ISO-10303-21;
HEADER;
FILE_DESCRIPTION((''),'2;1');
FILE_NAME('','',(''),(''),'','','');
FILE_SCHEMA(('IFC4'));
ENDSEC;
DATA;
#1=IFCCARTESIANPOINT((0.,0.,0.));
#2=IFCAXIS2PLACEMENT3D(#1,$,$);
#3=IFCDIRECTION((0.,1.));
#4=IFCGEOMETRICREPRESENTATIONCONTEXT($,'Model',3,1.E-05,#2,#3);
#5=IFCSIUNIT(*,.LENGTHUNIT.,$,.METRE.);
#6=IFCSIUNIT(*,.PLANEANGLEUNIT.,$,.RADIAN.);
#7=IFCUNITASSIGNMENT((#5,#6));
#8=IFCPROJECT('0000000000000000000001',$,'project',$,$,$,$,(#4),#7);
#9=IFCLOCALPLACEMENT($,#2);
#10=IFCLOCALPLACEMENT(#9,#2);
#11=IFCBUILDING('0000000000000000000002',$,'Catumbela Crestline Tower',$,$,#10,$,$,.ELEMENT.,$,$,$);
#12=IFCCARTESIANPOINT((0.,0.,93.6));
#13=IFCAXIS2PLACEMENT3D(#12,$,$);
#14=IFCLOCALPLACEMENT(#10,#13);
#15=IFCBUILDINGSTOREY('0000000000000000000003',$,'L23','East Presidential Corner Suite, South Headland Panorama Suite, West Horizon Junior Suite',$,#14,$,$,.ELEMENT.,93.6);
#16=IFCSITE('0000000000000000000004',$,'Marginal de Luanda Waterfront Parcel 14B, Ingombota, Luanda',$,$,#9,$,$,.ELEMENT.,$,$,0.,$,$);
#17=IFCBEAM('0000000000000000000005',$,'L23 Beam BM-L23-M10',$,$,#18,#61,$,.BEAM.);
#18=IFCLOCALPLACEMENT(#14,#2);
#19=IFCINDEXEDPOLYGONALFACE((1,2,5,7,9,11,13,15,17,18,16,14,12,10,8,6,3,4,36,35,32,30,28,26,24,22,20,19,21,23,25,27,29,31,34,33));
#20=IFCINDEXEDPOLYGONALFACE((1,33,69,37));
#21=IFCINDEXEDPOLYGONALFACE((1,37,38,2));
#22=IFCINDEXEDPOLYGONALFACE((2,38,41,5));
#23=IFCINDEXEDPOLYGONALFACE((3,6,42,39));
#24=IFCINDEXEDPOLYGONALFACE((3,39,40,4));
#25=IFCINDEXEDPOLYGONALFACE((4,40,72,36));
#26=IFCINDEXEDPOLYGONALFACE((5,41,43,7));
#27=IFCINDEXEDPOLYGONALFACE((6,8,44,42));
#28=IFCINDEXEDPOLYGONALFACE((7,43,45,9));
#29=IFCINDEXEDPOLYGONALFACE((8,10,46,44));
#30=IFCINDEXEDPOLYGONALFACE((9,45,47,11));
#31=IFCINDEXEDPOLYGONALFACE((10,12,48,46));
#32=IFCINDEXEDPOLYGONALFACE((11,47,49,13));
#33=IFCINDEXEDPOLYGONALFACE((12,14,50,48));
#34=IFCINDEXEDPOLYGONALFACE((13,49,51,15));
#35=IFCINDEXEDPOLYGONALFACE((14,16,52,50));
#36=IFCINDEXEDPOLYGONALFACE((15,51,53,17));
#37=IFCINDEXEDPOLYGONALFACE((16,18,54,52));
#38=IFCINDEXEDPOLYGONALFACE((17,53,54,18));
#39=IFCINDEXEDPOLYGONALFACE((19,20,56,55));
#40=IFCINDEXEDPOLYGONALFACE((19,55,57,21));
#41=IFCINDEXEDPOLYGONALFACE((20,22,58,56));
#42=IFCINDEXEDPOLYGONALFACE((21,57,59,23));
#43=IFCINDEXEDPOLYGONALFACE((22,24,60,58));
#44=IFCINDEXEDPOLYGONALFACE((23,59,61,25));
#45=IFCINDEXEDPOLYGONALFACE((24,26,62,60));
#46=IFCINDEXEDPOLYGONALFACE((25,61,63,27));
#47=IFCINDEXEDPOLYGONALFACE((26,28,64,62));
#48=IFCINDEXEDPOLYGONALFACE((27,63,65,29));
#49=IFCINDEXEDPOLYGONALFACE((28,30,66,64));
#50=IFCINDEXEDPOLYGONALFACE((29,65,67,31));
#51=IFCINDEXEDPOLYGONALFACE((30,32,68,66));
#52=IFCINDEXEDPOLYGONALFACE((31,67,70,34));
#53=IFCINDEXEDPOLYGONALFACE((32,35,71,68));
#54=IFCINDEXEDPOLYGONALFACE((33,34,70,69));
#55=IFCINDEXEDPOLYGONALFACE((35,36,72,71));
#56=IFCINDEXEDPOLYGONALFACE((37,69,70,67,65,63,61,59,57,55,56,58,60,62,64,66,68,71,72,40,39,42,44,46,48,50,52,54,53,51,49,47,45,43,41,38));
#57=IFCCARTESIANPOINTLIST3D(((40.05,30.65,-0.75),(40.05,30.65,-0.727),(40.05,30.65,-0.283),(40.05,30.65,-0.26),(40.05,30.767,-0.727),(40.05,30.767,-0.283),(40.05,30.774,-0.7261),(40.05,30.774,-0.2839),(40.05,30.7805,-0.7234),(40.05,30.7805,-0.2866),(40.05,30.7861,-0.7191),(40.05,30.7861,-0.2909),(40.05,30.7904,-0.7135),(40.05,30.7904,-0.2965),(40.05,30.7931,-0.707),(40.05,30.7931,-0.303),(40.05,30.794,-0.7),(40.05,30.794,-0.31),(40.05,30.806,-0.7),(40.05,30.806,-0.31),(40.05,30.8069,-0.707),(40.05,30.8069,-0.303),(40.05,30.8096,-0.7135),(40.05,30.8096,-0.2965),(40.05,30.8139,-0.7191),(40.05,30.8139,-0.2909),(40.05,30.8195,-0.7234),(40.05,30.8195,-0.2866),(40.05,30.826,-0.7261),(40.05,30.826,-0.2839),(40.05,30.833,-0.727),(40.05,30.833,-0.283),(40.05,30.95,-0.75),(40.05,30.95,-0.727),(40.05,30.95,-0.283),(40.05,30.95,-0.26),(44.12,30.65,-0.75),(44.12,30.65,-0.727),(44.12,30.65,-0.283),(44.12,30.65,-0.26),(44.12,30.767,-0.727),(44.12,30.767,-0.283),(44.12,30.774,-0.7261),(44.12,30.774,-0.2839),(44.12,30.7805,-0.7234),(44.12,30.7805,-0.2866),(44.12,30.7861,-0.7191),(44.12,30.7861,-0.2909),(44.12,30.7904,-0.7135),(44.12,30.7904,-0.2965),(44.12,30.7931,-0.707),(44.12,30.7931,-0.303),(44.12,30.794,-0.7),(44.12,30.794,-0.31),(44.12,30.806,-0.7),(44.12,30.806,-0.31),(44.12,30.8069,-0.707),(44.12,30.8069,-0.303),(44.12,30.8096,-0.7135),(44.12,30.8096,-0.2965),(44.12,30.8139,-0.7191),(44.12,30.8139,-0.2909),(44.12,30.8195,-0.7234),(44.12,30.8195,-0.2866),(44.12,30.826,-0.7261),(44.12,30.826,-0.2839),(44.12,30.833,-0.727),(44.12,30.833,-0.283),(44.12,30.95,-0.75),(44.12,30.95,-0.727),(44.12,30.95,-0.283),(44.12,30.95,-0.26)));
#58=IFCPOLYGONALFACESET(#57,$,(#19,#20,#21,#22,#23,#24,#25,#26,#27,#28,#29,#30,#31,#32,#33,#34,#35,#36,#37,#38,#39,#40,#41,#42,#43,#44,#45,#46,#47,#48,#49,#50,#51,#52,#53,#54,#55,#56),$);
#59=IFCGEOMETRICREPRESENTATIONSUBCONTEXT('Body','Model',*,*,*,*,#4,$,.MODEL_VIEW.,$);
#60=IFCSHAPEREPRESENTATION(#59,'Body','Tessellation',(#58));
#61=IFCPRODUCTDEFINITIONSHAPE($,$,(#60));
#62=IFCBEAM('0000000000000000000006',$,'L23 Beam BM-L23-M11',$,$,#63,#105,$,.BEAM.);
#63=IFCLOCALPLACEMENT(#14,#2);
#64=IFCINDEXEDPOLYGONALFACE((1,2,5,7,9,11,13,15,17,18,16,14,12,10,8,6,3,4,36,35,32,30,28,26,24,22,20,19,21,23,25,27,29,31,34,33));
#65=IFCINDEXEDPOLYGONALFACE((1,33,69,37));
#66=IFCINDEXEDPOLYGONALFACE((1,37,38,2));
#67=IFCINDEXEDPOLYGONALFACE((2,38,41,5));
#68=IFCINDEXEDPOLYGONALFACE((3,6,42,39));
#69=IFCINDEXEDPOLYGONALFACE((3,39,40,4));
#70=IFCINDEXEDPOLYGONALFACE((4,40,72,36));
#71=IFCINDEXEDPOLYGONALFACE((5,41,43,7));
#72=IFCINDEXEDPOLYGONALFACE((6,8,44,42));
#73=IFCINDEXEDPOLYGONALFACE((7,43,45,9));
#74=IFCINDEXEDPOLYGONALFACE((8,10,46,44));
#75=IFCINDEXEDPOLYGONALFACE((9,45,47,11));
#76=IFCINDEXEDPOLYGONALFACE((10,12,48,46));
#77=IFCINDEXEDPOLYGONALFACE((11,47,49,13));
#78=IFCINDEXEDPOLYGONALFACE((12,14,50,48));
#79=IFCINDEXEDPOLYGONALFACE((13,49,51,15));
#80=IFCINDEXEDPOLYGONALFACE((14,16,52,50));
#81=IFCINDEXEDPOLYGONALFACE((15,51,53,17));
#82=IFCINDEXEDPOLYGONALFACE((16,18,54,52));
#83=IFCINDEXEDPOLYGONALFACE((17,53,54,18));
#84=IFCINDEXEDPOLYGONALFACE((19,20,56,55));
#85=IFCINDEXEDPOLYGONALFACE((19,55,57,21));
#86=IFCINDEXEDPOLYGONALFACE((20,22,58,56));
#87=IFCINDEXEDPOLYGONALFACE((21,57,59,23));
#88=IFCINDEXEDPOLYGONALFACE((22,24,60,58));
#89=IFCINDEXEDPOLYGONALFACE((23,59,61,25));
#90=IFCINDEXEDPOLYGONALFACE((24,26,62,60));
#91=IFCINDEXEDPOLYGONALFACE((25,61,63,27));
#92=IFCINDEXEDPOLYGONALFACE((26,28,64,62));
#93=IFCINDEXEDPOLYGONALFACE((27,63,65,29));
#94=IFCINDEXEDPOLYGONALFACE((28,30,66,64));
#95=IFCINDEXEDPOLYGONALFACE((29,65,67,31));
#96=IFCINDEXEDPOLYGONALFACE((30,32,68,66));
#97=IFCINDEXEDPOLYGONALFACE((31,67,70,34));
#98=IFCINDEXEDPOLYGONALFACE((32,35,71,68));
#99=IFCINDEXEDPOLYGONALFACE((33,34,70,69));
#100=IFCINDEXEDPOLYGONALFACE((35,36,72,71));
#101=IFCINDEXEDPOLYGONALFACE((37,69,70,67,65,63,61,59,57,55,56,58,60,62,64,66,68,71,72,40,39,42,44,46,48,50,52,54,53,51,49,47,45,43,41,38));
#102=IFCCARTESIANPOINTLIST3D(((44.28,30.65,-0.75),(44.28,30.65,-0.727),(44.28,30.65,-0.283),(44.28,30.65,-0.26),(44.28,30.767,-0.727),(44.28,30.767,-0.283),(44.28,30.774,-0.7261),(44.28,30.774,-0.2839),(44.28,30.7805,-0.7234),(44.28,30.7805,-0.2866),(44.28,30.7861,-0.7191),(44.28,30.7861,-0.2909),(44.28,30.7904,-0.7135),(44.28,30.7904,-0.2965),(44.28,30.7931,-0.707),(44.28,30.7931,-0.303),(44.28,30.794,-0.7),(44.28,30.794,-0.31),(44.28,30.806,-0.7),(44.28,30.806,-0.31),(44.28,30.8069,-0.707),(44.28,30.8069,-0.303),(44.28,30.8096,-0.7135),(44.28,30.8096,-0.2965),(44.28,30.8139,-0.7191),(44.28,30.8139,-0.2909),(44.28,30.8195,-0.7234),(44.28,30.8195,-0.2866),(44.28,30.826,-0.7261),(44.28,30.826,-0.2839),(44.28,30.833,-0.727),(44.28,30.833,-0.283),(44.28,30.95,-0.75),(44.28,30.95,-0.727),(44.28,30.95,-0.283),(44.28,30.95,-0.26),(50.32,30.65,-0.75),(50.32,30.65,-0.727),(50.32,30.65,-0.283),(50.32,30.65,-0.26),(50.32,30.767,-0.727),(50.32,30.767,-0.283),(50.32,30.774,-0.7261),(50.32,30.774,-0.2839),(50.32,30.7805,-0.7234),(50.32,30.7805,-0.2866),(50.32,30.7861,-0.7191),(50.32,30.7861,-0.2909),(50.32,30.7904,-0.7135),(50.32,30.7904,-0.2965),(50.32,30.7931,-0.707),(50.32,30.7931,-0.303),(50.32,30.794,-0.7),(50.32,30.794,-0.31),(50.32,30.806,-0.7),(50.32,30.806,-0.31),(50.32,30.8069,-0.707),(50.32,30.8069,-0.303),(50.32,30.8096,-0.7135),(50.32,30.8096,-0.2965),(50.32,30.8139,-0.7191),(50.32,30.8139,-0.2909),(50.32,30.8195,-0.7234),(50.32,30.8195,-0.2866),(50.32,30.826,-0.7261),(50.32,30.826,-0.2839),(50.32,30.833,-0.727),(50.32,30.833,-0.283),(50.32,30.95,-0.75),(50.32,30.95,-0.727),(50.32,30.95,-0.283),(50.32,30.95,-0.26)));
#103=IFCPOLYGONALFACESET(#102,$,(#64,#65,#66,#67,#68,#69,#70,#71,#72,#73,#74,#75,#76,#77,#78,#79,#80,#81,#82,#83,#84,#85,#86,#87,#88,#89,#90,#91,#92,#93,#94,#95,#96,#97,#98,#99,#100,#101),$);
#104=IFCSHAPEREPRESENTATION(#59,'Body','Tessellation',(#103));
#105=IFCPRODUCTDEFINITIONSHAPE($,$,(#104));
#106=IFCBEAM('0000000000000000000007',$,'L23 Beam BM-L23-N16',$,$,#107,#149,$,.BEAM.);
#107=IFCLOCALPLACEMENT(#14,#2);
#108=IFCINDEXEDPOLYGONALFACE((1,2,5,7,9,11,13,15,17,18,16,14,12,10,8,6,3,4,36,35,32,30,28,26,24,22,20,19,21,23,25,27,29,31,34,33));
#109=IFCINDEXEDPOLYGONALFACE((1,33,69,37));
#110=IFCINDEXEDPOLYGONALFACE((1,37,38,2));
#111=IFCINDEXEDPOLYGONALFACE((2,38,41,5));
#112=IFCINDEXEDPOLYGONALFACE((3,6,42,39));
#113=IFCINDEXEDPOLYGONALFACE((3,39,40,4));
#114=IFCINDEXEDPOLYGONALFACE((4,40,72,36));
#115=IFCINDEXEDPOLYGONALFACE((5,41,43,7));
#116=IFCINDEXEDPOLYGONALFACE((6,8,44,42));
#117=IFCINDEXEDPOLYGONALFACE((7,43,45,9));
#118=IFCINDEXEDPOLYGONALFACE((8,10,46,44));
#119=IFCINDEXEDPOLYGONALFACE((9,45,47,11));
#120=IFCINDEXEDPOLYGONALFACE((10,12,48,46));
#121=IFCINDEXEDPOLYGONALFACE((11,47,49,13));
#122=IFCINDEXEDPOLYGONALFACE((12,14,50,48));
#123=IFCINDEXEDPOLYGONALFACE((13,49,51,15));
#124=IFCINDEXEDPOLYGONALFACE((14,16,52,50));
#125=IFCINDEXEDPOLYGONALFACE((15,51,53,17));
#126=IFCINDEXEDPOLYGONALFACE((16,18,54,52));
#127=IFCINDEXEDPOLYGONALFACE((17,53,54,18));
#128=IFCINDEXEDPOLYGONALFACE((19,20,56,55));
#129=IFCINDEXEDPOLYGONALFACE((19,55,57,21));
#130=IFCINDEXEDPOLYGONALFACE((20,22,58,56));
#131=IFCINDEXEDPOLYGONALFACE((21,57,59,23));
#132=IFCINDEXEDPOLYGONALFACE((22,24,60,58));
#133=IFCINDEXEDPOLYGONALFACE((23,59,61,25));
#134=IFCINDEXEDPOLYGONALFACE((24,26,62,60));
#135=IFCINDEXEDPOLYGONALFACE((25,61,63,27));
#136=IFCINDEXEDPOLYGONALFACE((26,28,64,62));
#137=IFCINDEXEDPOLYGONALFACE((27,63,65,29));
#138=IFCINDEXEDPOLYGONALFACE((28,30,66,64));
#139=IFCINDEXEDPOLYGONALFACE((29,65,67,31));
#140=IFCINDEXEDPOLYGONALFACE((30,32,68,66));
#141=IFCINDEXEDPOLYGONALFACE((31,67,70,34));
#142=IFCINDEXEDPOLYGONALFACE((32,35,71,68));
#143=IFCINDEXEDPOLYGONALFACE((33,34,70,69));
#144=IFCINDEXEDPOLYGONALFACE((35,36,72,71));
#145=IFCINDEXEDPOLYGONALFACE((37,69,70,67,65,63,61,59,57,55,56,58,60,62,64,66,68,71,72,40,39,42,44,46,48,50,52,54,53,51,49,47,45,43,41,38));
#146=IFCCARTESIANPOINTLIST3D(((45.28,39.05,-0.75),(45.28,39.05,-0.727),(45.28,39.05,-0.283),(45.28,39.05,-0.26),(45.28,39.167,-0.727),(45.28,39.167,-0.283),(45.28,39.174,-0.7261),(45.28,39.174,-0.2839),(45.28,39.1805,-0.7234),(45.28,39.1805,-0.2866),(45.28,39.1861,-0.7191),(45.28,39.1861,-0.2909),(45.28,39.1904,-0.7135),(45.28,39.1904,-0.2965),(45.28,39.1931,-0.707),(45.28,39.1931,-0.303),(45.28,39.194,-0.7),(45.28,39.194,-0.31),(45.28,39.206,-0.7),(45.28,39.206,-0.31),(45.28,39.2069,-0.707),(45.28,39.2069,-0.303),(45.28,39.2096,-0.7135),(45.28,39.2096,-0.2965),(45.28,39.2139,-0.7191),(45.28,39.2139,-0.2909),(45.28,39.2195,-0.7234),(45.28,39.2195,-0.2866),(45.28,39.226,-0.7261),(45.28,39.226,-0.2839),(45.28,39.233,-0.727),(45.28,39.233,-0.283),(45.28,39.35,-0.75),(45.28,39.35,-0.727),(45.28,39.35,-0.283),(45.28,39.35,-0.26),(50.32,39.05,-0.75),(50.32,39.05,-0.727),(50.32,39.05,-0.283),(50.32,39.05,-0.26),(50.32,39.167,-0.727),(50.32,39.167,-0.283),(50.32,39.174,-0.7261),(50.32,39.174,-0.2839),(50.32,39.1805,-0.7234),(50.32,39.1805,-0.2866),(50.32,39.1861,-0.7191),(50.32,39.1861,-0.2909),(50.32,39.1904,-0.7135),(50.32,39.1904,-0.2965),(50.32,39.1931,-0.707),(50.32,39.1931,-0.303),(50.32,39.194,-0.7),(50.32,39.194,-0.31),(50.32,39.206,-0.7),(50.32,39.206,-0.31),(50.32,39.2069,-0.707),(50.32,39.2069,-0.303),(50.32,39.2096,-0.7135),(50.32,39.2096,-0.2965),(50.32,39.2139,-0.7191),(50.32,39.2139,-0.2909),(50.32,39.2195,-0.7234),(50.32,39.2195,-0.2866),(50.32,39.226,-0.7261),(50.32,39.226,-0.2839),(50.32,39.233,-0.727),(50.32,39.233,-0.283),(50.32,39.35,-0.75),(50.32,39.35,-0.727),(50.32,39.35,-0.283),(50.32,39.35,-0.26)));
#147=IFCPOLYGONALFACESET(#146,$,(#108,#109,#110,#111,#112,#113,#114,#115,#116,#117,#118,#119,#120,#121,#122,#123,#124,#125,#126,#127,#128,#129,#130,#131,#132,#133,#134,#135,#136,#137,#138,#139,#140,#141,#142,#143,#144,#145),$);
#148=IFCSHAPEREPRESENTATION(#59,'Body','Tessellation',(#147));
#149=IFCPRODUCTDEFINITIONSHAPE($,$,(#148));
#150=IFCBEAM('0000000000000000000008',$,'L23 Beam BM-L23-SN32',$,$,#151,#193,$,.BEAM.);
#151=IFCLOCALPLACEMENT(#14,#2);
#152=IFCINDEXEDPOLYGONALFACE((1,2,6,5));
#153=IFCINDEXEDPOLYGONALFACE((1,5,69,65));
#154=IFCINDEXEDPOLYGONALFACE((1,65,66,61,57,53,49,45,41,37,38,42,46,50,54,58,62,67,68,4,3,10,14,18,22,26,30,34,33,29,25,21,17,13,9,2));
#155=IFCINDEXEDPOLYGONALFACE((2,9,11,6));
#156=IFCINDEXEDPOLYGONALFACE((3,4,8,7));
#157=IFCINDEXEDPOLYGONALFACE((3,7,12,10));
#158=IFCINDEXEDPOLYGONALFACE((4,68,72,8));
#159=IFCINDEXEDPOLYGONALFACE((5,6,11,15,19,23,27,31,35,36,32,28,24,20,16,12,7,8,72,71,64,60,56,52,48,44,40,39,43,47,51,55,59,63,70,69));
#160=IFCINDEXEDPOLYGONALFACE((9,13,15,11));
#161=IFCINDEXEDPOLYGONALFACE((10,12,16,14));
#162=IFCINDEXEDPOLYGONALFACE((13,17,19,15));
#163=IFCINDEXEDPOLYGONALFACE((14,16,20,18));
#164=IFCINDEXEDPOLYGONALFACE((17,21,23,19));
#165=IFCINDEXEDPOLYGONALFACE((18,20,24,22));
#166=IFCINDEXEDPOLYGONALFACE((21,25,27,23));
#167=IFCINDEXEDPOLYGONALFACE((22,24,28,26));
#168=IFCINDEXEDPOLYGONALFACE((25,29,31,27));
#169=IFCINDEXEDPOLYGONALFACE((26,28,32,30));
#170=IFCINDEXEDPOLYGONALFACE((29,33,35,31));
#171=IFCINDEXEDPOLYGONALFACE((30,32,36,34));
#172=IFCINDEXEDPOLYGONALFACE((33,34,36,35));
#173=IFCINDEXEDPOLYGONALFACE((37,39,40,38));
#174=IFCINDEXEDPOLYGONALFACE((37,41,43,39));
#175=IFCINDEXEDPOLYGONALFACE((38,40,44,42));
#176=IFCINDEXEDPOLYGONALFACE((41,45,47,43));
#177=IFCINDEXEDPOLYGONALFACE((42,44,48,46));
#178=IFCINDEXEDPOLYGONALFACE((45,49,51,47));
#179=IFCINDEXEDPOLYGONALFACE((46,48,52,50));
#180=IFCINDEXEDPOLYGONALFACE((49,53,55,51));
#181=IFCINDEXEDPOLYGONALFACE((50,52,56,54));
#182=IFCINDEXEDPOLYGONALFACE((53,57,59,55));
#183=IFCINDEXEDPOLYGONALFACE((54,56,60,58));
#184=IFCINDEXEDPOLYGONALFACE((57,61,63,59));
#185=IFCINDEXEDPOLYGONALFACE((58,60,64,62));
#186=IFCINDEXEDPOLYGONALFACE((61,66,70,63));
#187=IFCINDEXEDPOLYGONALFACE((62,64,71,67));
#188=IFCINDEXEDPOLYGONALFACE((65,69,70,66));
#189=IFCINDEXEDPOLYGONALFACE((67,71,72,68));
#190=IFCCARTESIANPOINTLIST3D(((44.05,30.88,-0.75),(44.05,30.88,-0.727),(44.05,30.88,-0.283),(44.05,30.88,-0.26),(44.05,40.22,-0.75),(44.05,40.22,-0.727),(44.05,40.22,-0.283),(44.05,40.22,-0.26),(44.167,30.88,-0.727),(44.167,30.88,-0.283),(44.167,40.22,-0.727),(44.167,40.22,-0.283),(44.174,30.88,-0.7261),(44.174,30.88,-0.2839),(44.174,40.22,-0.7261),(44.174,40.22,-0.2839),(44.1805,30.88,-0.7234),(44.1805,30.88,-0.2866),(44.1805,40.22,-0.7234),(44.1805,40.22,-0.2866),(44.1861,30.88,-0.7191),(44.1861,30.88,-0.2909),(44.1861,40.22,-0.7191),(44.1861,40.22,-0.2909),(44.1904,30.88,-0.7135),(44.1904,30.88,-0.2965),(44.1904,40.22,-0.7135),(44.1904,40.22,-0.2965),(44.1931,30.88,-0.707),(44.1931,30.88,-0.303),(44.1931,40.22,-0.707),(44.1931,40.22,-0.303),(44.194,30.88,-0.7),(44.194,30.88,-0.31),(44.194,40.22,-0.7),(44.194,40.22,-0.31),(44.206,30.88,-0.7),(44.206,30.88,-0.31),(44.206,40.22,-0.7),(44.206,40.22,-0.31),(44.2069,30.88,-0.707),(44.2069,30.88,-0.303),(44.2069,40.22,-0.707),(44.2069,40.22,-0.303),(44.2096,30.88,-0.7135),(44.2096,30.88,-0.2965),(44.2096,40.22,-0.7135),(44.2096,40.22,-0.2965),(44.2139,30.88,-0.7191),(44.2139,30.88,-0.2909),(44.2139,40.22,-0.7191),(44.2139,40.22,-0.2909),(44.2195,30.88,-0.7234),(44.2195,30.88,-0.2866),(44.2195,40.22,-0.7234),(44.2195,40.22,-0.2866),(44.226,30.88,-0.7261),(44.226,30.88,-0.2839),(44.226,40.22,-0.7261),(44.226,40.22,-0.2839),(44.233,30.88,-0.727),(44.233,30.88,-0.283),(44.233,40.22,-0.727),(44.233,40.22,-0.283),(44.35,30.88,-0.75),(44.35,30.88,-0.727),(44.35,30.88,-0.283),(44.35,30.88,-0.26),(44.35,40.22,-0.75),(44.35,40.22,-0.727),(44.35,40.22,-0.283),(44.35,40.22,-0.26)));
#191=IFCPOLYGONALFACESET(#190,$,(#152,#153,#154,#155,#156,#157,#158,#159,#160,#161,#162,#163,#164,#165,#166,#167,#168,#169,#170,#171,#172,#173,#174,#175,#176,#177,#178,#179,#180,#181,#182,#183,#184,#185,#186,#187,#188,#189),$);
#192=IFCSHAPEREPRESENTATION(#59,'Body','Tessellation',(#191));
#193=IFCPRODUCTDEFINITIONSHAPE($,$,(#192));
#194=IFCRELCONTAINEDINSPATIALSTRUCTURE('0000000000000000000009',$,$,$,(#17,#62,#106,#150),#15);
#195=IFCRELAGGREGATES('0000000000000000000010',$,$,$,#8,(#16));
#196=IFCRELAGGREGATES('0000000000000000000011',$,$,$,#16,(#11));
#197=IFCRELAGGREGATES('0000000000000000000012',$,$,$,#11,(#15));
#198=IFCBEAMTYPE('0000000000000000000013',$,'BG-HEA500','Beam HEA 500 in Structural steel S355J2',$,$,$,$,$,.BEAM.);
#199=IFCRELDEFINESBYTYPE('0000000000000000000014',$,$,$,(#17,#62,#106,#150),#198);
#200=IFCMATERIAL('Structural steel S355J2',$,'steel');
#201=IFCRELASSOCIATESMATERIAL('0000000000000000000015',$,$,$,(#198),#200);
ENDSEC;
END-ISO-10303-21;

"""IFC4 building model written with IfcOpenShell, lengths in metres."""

from ifc_helpers import new_model, si_unit, direction, frame, origin, origin_2d, place, context, subcontext, project, spatial, i_section, extrude, material, material_profile, profile_set, type_object, element, save


model = new_model("IFC4")

# Units and contexts
model_context = context("Model", 3, precision=1e-05, world=origin(), true_north=direction((0.0, 1.0)))
body_context = subcontext(model_context, "Body", "Model", "MODEL_VIEW")
ifc_project = project(units=[si_unit("LENGTHUNIT", "METRE"), si_unit("PLANEANGLEUNIT", "RADIAN")], contexts=[model_context])

# Site, building, storey
site_placement = place(None, origin())
site = spatial("IfcSite", under=ifc_project, at=site_placement, Name="Marginal de Luanda Waterfront Parcel 14B, Ingombota, Luanda", CompositionType="ELEMENT", RefElevation=0.0)
building_placement = place(site_placement, origin())
building = spatial("IfcBuilding", under=site, at=building_placement, Name="Catumbela Crestline Tower", CompositionType="ELEMENT")
storey_placement = place(building_placement, frame((0.0, 0.0, 93.6)))
storey = spatial("IfcBuildingStorey", under=building, at=storey_placement, Name="L23", Description="East Presidential Corner Suite, South Headland Panorama Suite, West Horizon Junior Suite", CompositionType="ELEMENT", Elevation=93.6)

# Beams
ifc_material_1 = material(Name="Structural steel S355J2", Category="steel")
ifc_material_profile_1 = material_profile(ifc_material_1, i_section(OverallWidth=0.3, OverallDepth=0.49, WebThickness=0.012, FlangeThickness=0.023, FilletRadius=0.027, at=origin_2d()), Name="HEA 500")
ifc_profile_set_1 = profile_set([ifc_material_profile_1], Name="Structural steel S355J2")
beam_type_1 = type_object("IfcBeamType", Name="BG-HEA500", Description="Beam HEA 500 in Structural steel S355J2", PredefinedType="BEAM", material=ifc_profile_set_1)
beam_1_placement = place(storey_placement, frame((40.05, 30.8, -0.505), z_axis=(1.0, 0.0, 0.0), x_axis=(0.0, 1.0, 0.0)))
element("IfcBeam", 1, at=beam_1_placement, inside=storey, type_object=beam_type_1, Name="L23 Beam BM-L23-M10", PredefinedType="BEAM", context=body_context, shape_type="SweptSolid", body=[
    extrude(i_section(OverallWidth=0.3, OverallDepth=0.49, WebThickness=0.012, FlangeThickness=0.023, FilletRadius=0.027, at=origin_2d()), origin(), (0.0, 0.0, 1.0), 4.07),
])
beam_2_placement = place(storey_placement, frame((44.28, 30.8, -0.505), z_axis=(1.0, 0.0, 0.0), x_axis=(0.0, 1.0, 0.0)))
element("IfcBeam", 2, at=beam_2_placement, inside=storey, type_object=beam_type_1, Name="L23 Beam BM-L23-M11", PredefinedType="BEAM", context=body_context, shape_type="SweptSolid", body=[
    extrude(i_section(OverallWidth=0.3, OverallDepth=0.49, WebThickness=0.012, FlangeThickness=0.023, FilletRadius=0.027, at=origin_2d()), origin(), (0.0, 0.0, 1.0), 6.04),
])
beam_3_placement = place(storey_placement, frame((45.28, 39.2, -0.505), z_axis=(1.0, 0.0, 0.0), x_axis=(0.0, 1.0, 0.0)))
element("IfcBeam", 3, at=beam_3_placement, inside=storey, type_object=beam_type_1, Name="L23 Beam BM-L23-N16", PredefinedType="BEAM", context=body_context, shape_type="SweptSolid", body=[
    extrude(i_section(OverallWidth=0.3, OverallDepth=0.49, WebThickness=0.012, FlangeThickness=0.023, FilletRadius=0.027, at=origin_2d()), origin(), (0.0, 0.0, 1.0), 5.04),
])
beam_4_placement = place(storey_placement, frame((44.2, 30.88, -0.505), z_axis=(0.0, 1.0, 0.0), x_axis=(-1.0, 0.0, 0.0)))
element("IfcBeam", 4, at=beam_4_placement, inside=storey, type_object=beam_type_1, Name="L23 Beam BM-L23-SN32", PredefinedType="BEAM", context=body_context, shape_type="SweptSolid", body=[
    extrude(i_section(OverallWidth=0.3, OverallDepth=0.49, WebThickness=0.012, FlangeThickness=0.023, FilletRadius=0.027, at=origin_2d()), origin(), (0.0, 0.0, 1.0), 9.34),
])

save(model, "model.ifc")
